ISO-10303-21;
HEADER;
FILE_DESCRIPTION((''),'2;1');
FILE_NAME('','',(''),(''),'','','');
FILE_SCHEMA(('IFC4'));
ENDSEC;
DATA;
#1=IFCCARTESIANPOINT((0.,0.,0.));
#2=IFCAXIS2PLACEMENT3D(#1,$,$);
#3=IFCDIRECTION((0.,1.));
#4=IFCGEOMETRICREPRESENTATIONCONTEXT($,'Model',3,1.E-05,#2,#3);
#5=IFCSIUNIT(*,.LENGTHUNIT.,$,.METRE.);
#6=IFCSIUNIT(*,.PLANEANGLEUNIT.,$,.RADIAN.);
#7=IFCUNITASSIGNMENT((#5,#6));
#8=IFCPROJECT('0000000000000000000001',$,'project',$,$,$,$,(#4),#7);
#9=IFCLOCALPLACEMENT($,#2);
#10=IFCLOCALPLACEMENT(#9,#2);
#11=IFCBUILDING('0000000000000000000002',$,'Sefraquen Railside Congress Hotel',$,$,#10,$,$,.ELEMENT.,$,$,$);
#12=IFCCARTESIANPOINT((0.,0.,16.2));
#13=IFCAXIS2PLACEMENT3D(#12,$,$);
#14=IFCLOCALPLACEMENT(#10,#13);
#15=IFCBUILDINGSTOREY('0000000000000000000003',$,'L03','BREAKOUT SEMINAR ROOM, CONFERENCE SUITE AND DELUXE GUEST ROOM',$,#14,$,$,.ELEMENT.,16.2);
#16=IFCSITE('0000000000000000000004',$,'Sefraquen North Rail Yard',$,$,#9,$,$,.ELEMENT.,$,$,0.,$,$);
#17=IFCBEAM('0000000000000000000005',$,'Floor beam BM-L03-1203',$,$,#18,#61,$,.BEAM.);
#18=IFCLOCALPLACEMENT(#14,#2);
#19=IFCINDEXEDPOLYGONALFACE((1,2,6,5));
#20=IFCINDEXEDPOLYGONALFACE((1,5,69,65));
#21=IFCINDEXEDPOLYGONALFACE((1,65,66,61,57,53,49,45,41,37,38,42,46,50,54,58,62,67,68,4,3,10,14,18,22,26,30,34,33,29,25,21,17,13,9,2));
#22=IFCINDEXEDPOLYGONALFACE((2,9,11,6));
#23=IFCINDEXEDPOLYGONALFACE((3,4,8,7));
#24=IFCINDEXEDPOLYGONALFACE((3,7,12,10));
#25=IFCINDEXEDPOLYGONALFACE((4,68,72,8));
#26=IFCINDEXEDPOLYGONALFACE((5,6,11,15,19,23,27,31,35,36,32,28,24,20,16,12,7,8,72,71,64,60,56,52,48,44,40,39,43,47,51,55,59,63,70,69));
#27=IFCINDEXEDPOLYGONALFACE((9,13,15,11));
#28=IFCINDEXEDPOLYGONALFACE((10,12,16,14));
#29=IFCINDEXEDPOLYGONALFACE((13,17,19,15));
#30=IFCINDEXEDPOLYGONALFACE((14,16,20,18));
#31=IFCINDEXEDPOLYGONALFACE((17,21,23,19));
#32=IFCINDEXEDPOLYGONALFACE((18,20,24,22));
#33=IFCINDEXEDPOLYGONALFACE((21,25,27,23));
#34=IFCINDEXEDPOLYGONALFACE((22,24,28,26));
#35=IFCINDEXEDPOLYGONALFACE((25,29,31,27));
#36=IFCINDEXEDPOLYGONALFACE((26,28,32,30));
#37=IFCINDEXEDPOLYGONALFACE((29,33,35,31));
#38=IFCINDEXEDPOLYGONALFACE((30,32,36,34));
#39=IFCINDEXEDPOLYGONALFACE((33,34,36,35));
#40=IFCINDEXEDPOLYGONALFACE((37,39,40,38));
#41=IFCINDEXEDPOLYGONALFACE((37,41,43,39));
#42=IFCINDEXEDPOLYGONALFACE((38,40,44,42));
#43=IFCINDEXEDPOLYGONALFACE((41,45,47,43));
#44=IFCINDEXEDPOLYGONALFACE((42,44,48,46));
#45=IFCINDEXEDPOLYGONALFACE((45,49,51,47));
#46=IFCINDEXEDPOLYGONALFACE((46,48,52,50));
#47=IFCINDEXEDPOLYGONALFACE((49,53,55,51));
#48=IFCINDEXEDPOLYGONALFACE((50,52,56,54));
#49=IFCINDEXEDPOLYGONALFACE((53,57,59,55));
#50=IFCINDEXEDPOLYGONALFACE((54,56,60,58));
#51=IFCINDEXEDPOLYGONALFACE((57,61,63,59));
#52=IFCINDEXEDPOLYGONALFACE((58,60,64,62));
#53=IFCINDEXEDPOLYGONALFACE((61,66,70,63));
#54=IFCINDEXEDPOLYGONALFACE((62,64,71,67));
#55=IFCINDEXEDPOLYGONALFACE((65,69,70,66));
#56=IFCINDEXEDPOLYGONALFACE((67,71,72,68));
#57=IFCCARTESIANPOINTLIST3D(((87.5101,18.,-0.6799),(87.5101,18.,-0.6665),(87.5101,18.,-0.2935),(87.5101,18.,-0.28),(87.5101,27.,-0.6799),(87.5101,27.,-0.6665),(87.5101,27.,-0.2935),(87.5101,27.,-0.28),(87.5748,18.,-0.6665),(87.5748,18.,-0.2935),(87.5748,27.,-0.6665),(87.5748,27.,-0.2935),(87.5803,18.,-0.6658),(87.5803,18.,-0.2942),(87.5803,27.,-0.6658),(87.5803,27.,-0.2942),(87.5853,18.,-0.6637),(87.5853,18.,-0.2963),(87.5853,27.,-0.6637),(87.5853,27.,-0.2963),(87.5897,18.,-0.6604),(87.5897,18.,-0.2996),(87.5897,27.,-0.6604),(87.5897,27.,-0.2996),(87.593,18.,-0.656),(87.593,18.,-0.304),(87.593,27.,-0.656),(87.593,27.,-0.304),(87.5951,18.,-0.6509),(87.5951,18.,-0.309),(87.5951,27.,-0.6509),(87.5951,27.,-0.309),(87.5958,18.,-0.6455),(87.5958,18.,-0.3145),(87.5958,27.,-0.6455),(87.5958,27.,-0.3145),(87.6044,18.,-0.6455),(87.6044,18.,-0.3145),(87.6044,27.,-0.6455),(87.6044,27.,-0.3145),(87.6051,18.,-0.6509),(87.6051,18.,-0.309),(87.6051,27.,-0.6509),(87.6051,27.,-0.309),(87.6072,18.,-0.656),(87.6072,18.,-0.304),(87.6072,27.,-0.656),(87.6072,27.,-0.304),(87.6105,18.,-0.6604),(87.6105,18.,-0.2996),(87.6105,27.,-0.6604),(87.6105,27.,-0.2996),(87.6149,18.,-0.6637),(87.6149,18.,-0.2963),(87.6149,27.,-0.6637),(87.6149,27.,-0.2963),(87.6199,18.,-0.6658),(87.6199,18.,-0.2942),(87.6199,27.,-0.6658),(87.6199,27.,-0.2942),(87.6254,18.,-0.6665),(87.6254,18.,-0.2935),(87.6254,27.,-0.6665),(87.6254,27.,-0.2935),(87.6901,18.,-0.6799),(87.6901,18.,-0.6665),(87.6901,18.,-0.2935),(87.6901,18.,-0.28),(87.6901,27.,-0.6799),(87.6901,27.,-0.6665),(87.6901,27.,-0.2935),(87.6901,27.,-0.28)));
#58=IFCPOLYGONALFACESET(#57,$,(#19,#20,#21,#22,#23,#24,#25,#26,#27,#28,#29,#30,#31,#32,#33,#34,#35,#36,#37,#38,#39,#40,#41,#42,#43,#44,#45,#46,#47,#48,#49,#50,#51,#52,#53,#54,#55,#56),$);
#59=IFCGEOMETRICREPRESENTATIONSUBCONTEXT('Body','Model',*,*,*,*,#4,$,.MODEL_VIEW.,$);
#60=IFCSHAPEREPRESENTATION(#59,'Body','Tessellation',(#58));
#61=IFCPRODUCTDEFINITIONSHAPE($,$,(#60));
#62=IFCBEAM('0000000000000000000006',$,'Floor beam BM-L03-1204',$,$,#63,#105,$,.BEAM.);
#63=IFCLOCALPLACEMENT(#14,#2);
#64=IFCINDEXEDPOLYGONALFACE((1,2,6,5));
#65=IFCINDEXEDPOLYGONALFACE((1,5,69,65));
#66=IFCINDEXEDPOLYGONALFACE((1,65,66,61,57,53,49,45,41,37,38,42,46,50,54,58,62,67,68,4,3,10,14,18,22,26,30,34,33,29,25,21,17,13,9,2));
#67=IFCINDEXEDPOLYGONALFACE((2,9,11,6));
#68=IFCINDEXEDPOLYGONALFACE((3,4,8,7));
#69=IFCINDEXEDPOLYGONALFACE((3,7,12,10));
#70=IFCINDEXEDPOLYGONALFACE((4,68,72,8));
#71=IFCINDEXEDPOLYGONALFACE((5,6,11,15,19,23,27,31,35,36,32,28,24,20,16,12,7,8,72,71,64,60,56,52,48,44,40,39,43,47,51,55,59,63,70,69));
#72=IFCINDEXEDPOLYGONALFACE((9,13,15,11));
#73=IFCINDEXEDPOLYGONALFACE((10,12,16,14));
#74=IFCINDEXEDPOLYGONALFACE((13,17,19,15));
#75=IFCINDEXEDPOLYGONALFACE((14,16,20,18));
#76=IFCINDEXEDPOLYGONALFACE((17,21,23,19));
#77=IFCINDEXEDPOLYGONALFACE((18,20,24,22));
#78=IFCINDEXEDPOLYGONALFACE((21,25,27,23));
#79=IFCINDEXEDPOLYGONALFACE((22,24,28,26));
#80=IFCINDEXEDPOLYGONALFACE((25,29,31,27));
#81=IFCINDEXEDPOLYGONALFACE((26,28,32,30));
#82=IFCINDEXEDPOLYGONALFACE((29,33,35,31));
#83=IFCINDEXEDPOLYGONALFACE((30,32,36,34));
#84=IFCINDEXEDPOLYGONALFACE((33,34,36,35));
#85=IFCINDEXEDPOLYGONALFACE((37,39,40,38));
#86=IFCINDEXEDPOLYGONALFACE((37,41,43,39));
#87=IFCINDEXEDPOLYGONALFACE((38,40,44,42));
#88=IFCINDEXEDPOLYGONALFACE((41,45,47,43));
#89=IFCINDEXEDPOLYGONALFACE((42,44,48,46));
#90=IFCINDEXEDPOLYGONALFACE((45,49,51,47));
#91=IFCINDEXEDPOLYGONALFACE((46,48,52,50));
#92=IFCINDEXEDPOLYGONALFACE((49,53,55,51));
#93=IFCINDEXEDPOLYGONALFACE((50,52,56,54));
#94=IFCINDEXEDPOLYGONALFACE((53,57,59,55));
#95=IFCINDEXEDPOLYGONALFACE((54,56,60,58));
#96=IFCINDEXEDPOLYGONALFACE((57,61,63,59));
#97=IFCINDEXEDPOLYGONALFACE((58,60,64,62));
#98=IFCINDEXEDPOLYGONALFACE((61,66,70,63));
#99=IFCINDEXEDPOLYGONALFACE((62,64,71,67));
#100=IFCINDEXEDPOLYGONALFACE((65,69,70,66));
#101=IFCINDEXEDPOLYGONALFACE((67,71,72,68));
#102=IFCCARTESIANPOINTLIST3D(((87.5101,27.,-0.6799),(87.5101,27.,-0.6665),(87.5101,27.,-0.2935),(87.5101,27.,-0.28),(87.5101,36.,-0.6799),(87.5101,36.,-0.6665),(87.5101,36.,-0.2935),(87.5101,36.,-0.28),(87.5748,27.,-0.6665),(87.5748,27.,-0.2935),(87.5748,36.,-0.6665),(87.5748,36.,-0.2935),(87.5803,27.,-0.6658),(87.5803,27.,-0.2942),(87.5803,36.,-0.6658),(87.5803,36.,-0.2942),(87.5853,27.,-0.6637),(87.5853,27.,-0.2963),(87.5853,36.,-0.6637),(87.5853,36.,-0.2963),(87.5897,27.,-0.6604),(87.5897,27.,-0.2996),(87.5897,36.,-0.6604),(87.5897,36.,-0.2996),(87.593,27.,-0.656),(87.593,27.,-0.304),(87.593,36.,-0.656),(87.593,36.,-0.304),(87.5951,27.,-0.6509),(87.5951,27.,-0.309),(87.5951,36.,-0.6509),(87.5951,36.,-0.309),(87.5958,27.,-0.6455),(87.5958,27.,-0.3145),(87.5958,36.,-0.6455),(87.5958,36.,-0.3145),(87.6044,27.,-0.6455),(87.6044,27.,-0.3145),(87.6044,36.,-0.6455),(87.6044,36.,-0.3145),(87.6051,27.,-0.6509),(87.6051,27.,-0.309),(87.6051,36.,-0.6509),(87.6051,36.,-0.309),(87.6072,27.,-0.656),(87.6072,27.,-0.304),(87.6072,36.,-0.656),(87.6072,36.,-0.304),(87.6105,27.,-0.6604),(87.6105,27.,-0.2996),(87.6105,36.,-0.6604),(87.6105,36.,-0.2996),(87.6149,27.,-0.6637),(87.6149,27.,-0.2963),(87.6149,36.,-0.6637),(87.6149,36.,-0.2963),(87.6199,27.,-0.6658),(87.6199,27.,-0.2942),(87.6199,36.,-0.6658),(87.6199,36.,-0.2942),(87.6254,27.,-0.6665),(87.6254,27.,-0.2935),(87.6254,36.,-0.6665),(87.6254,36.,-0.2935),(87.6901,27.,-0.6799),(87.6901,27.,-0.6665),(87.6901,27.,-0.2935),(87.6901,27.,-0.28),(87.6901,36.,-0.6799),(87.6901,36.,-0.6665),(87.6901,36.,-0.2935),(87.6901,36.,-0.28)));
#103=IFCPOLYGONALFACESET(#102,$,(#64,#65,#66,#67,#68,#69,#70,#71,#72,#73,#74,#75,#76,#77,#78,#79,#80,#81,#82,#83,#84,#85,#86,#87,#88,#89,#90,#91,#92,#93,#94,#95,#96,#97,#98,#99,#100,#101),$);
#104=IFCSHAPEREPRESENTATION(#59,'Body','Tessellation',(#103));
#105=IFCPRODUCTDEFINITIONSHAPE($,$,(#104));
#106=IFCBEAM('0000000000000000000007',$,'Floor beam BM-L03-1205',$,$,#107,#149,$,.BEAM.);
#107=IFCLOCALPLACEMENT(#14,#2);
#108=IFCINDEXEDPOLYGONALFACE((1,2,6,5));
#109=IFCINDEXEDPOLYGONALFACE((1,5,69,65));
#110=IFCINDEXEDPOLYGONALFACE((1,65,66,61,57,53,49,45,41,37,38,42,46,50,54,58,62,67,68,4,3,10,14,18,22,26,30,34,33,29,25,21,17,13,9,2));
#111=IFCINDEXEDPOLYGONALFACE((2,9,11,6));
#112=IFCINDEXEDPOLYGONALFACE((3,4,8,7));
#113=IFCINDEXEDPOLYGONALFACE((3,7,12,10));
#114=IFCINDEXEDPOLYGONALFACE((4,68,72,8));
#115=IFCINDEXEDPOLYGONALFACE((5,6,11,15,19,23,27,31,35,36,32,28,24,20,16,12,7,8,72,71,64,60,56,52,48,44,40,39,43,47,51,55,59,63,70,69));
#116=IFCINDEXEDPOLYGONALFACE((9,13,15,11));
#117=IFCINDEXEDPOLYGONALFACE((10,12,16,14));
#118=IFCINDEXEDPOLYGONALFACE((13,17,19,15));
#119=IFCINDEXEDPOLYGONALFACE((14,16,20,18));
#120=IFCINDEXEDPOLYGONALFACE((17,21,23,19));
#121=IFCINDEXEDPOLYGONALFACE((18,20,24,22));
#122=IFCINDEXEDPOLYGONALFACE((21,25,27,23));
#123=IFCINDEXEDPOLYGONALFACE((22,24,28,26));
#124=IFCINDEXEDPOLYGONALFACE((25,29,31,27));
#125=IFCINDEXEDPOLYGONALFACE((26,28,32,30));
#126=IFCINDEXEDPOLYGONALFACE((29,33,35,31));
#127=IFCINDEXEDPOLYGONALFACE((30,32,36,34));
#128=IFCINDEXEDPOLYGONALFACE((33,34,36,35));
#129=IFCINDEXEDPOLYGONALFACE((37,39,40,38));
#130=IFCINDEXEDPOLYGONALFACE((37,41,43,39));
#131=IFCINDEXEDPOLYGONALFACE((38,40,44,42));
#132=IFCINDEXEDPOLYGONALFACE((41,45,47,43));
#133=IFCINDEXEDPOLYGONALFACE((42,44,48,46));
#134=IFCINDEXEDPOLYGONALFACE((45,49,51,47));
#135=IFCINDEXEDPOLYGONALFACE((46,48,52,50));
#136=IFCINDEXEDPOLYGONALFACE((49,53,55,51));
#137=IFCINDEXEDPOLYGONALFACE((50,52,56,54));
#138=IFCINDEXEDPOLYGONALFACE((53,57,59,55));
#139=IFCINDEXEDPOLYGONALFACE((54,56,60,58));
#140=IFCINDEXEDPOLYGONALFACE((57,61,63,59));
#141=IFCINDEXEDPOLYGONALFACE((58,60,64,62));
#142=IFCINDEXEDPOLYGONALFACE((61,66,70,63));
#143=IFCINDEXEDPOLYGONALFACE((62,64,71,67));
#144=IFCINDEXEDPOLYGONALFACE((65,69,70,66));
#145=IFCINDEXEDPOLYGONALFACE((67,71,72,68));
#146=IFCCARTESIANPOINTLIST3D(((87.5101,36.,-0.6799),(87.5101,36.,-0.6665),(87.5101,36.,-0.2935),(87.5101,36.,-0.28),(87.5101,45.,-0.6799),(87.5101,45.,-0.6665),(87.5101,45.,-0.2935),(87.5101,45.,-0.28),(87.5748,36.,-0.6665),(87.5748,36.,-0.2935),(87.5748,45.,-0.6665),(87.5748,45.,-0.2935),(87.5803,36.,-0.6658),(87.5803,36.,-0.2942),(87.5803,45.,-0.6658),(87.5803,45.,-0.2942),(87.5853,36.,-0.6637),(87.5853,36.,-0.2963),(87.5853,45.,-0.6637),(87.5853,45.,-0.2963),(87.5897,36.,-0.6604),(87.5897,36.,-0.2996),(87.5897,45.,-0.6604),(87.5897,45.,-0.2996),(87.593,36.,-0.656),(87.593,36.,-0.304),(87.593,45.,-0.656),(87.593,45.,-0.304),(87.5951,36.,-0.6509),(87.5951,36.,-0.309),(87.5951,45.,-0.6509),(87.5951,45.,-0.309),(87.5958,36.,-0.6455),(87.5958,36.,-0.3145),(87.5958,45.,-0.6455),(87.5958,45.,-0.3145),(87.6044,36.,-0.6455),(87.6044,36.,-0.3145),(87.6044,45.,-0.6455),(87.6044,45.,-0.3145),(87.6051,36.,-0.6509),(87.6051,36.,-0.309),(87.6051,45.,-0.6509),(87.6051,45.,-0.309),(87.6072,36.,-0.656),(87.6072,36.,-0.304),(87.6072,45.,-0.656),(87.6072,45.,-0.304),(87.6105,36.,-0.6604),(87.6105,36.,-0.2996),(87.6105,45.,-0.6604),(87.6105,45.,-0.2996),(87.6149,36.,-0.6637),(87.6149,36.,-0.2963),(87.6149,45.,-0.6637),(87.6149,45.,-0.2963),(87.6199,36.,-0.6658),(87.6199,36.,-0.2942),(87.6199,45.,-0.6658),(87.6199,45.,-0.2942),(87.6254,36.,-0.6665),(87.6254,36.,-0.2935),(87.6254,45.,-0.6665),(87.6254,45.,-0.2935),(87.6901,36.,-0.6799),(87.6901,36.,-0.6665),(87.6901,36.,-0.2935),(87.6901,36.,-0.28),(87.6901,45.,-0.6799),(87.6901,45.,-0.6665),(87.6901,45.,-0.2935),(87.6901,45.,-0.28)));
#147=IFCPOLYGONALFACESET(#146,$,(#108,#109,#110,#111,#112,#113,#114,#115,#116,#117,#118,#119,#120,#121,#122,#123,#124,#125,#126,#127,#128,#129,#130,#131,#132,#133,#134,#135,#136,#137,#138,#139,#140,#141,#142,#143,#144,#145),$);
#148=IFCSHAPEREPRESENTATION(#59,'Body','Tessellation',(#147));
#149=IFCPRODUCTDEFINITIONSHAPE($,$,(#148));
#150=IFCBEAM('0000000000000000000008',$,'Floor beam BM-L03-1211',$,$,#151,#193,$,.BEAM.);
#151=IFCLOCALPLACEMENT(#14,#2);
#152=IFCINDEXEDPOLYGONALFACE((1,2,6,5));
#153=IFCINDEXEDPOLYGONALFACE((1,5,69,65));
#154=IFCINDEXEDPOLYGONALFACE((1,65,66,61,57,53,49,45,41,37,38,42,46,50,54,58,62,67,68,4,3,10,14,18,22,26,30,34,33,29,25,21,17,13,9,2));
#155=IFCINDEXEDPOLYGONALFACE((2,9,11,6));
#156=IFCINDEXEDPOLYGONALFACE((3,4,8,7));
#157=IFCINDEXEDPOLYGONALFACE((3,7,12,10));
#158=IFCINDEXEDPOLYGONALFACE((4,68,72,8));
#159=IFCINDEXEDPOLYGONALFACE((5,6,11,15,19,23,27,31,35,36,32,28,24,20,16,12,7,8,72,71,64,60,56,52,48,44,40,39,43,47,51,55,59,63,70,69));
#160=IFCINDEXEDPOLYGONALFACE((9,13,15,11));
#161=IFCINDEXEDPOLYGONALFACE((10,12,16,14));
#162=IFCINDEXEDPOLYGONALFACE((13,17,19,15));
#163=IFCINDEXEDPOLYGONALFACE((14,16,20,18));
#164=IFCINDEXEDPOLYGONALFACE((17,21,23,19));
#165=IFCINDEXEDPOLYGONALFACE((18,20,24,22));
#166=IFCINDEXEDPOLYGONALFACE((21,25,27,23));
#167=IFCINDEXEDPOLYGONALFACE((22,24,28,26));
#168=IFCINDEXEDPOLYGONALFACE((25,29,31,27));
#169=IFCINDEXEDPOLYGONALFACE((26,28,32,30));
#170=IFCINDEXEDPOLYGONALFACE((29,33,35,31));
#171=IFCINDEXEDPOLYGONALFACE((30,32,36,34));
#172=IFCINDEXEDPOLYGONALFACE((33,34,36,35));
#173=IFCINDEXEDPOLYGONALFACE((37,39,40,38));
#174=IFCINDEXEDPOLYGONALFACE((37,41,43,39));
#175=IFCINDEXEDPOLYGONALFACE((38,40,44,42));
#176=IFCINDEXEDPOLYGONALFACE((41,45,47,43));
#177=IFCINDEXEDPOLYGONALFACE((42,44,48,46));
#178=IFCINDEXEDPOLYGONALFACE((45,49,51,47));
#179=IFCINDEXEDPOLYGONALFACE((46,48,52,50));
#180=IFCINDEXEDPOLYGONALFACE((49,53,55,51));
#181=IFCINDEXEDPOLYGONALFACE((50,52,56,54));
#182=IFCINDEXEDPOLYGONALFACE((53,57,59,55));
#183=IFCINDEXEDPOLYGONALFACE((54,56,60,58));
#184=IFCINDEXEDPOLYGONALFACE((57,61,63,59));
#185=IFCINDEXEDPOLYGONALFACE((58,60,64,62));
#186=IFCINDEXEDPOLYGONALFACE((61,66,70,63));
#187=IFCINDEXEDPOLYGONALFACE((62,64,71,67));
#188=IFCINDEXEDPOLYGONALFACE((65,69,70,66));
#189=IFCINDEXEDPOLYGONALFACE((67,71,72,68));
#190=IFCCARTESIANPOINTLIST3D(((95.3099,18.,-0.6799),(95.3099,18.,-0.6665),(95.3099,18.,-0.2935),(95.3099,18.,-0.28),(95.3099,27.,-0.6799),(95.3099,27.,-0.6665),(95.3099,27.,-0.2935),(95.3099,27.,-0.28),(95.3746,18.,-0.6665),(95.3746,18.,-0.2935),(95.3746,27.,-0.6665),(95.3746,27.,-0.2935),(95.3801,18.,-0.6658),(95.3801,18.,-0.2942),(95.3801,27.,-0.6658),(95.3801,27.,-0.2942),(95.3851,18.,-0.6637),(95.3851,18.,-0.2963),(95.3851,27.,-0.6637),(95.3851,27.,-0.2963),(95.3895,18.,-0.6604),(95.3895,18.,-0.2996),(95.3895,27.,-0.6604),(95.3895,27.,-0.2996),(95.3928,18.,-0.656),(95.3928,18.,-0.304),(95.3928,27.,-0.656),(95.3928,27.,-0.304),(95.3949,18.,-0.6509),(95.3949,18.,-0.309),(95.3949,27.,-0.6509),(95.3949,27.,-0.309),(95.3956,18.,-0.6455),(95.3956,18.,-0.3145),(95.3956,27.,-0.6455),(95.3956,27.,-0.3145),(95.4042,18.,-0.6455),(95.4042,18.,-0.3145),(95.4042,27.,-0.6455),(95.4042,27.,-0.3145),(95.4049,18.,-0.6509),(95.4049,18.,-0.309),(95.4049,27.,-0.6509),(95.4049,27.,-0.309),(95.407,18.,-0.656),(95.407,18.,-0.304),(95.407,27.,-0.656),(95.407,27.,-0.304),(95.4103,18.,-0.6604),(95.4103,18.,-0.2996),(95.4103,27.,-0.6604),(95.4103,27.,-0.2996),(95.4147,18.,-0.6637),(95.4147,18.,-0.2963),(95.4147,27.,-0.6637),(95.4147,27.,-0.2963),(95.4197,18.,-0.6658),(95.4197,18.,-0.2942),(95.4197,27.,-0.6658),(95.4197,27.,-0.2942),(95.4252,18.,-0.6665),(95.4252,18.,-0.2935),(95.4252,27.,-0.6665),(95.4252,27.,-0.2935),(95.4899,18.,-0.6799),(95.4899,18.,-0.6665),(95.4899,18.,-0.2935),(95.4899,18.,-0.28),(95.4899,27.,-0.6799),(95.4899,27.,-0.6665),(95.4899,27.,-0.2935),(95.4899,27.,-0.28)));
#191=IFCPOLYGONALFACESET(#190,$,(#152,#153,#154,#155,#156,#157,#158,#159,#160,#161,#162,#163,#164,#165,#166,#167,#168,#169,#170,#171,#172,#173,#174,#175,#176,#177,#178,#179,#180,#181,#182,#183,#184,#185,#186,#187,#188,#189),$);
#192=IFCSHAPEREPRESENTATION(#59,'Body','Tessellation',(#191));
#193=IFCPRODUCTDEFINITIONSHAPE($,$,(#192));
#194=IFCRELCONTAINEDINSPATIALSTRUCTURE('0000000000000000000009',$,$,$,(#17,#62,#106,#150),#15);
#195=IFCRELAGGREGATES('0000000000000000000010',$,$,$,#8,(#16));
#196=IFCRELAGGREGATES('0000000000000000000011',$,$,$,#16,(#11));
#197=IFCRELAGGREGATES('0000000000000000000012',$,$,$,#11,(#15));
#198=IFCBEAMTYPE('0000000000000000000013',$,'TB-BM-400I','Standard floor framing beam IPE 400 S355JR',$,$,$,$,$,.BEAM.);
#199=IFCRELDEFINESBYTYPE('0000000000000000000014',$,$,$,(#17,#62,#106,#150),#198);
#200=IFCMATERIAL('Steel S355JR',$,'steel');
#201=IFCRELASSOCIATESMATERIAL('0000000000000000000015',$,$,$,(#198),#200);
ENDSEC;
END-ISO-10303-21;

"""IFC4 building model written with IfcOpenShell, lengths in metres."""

from ifc_helpers import new_model, si_unit, direction, frame, origin, origin_2d, place, context, subcontext, project, spatial, i_section, extrude, material, material_profile, profile_set, type_object, element, save


model = new_model("IFC4")

# Units and contexts
model_context = context("Model", 3, precision=1e-05, world=origin(), true_north=direction((0.0, 1.0)))
body_context = subcontext(model_context, "Body", "Model", "MODEL_VIEW")
ifc_project = project(units=[si_unit("LENGTHUNIT", "METRE"), si_unit("PLANEANGLEUNIT", "RADIAN")], contexts=[model_context])

# Site, building, storey
site_placement = place(None, origin())
site = spatial("IfcSite", under=ifc_project, at=site_placement, Name="Sefraquen North Rail Yard", CompositionType="ELEMENT", RefElevation=0.0)
building_placement = place(site_placement, origin())
building = spatial("IfcBuilding", under=site, at=building_placement, Name="Sefraquen Railside Congress Hotel", CompositionType="ELEMENT")
storey_placement = place(building_placement, frame((0.0, 0.0, 16.2)))
storey = spatial("IfcBuildingStorey", under=building, at=storey_placement, Name="L03", Description="BREAKOUT SEMINAR ROOM, CONFERENCE SUITE AND DELUXE GUEST ROOM", CompositionType="ELEMENT", Elevation=16.2)

# Beams
ifc_material_1 = material(Name="Steel S355JR", Category="steel")
ifc_material_profile_1 = material_profile(ifc_material_1, i_section(OverallWidth=0.1799, OverallDepth=0.3999, WebThickness=0.0085, FlangeThickness=0.0134, FilletRadius=0.021, at=origin_2d()), Name="IPE 400")
ifc_profile_set_1 = profile_set([ifc_material_profile_1], Name="Steel S355JR")
beam_type_1 = type_object("IfcBeamType", Name="TB-BM-400I", Description="Standard floor framing beam IPE 400 S355JR", PredefinedType="BEAM", material=ifc_profile_set_1)
for number, where, z_axis, x_axis, name in (
    (1, (87.6001, 18.0, -0.48), (0.0, 1.0, 0.0), (-1.0, 0.0, 0.0), "Floor beam BM-L03-1203"),
    (2, (87.6001, 27.0, -0.48), (0.0, 1.0, 0.0), (-1.0, 0.0, 0.0), "Floor beam BM-L03-1204"),
    (3, (87.6001, 36.0, -0.48), (0.0, 1.0, 0.0), (-1.0, 0.0, 0.0), "Floor beam BM-L03-1205"),
    (4, (95.3999, 18.0, -0.48), (0.0, 1.0, 0.0), (-1.0, 0.0, 0.0), "Floor beam BM-L03-1211"),
):
    element("IfcBeam", number, at=place(storey_placement, frame(where, z_axis=z_axis, x_axis=x_axis)), inside=storey, type_object=beam_type_1, Name=name, PredefinedType="BEAM", context=body_context, shape_type="SweptSolid", body=[
        extrude(i_section(OverallWidth=0.1799, OverallDepth=0.3999, WebThickness=0.0085, FlangeThickness=0.0134, FilletRadius=0.021, at=origin_2d()), origin(), (0.0, 0.0, 1.0), 9.0),
    ])

save(model, "model.ifc")
